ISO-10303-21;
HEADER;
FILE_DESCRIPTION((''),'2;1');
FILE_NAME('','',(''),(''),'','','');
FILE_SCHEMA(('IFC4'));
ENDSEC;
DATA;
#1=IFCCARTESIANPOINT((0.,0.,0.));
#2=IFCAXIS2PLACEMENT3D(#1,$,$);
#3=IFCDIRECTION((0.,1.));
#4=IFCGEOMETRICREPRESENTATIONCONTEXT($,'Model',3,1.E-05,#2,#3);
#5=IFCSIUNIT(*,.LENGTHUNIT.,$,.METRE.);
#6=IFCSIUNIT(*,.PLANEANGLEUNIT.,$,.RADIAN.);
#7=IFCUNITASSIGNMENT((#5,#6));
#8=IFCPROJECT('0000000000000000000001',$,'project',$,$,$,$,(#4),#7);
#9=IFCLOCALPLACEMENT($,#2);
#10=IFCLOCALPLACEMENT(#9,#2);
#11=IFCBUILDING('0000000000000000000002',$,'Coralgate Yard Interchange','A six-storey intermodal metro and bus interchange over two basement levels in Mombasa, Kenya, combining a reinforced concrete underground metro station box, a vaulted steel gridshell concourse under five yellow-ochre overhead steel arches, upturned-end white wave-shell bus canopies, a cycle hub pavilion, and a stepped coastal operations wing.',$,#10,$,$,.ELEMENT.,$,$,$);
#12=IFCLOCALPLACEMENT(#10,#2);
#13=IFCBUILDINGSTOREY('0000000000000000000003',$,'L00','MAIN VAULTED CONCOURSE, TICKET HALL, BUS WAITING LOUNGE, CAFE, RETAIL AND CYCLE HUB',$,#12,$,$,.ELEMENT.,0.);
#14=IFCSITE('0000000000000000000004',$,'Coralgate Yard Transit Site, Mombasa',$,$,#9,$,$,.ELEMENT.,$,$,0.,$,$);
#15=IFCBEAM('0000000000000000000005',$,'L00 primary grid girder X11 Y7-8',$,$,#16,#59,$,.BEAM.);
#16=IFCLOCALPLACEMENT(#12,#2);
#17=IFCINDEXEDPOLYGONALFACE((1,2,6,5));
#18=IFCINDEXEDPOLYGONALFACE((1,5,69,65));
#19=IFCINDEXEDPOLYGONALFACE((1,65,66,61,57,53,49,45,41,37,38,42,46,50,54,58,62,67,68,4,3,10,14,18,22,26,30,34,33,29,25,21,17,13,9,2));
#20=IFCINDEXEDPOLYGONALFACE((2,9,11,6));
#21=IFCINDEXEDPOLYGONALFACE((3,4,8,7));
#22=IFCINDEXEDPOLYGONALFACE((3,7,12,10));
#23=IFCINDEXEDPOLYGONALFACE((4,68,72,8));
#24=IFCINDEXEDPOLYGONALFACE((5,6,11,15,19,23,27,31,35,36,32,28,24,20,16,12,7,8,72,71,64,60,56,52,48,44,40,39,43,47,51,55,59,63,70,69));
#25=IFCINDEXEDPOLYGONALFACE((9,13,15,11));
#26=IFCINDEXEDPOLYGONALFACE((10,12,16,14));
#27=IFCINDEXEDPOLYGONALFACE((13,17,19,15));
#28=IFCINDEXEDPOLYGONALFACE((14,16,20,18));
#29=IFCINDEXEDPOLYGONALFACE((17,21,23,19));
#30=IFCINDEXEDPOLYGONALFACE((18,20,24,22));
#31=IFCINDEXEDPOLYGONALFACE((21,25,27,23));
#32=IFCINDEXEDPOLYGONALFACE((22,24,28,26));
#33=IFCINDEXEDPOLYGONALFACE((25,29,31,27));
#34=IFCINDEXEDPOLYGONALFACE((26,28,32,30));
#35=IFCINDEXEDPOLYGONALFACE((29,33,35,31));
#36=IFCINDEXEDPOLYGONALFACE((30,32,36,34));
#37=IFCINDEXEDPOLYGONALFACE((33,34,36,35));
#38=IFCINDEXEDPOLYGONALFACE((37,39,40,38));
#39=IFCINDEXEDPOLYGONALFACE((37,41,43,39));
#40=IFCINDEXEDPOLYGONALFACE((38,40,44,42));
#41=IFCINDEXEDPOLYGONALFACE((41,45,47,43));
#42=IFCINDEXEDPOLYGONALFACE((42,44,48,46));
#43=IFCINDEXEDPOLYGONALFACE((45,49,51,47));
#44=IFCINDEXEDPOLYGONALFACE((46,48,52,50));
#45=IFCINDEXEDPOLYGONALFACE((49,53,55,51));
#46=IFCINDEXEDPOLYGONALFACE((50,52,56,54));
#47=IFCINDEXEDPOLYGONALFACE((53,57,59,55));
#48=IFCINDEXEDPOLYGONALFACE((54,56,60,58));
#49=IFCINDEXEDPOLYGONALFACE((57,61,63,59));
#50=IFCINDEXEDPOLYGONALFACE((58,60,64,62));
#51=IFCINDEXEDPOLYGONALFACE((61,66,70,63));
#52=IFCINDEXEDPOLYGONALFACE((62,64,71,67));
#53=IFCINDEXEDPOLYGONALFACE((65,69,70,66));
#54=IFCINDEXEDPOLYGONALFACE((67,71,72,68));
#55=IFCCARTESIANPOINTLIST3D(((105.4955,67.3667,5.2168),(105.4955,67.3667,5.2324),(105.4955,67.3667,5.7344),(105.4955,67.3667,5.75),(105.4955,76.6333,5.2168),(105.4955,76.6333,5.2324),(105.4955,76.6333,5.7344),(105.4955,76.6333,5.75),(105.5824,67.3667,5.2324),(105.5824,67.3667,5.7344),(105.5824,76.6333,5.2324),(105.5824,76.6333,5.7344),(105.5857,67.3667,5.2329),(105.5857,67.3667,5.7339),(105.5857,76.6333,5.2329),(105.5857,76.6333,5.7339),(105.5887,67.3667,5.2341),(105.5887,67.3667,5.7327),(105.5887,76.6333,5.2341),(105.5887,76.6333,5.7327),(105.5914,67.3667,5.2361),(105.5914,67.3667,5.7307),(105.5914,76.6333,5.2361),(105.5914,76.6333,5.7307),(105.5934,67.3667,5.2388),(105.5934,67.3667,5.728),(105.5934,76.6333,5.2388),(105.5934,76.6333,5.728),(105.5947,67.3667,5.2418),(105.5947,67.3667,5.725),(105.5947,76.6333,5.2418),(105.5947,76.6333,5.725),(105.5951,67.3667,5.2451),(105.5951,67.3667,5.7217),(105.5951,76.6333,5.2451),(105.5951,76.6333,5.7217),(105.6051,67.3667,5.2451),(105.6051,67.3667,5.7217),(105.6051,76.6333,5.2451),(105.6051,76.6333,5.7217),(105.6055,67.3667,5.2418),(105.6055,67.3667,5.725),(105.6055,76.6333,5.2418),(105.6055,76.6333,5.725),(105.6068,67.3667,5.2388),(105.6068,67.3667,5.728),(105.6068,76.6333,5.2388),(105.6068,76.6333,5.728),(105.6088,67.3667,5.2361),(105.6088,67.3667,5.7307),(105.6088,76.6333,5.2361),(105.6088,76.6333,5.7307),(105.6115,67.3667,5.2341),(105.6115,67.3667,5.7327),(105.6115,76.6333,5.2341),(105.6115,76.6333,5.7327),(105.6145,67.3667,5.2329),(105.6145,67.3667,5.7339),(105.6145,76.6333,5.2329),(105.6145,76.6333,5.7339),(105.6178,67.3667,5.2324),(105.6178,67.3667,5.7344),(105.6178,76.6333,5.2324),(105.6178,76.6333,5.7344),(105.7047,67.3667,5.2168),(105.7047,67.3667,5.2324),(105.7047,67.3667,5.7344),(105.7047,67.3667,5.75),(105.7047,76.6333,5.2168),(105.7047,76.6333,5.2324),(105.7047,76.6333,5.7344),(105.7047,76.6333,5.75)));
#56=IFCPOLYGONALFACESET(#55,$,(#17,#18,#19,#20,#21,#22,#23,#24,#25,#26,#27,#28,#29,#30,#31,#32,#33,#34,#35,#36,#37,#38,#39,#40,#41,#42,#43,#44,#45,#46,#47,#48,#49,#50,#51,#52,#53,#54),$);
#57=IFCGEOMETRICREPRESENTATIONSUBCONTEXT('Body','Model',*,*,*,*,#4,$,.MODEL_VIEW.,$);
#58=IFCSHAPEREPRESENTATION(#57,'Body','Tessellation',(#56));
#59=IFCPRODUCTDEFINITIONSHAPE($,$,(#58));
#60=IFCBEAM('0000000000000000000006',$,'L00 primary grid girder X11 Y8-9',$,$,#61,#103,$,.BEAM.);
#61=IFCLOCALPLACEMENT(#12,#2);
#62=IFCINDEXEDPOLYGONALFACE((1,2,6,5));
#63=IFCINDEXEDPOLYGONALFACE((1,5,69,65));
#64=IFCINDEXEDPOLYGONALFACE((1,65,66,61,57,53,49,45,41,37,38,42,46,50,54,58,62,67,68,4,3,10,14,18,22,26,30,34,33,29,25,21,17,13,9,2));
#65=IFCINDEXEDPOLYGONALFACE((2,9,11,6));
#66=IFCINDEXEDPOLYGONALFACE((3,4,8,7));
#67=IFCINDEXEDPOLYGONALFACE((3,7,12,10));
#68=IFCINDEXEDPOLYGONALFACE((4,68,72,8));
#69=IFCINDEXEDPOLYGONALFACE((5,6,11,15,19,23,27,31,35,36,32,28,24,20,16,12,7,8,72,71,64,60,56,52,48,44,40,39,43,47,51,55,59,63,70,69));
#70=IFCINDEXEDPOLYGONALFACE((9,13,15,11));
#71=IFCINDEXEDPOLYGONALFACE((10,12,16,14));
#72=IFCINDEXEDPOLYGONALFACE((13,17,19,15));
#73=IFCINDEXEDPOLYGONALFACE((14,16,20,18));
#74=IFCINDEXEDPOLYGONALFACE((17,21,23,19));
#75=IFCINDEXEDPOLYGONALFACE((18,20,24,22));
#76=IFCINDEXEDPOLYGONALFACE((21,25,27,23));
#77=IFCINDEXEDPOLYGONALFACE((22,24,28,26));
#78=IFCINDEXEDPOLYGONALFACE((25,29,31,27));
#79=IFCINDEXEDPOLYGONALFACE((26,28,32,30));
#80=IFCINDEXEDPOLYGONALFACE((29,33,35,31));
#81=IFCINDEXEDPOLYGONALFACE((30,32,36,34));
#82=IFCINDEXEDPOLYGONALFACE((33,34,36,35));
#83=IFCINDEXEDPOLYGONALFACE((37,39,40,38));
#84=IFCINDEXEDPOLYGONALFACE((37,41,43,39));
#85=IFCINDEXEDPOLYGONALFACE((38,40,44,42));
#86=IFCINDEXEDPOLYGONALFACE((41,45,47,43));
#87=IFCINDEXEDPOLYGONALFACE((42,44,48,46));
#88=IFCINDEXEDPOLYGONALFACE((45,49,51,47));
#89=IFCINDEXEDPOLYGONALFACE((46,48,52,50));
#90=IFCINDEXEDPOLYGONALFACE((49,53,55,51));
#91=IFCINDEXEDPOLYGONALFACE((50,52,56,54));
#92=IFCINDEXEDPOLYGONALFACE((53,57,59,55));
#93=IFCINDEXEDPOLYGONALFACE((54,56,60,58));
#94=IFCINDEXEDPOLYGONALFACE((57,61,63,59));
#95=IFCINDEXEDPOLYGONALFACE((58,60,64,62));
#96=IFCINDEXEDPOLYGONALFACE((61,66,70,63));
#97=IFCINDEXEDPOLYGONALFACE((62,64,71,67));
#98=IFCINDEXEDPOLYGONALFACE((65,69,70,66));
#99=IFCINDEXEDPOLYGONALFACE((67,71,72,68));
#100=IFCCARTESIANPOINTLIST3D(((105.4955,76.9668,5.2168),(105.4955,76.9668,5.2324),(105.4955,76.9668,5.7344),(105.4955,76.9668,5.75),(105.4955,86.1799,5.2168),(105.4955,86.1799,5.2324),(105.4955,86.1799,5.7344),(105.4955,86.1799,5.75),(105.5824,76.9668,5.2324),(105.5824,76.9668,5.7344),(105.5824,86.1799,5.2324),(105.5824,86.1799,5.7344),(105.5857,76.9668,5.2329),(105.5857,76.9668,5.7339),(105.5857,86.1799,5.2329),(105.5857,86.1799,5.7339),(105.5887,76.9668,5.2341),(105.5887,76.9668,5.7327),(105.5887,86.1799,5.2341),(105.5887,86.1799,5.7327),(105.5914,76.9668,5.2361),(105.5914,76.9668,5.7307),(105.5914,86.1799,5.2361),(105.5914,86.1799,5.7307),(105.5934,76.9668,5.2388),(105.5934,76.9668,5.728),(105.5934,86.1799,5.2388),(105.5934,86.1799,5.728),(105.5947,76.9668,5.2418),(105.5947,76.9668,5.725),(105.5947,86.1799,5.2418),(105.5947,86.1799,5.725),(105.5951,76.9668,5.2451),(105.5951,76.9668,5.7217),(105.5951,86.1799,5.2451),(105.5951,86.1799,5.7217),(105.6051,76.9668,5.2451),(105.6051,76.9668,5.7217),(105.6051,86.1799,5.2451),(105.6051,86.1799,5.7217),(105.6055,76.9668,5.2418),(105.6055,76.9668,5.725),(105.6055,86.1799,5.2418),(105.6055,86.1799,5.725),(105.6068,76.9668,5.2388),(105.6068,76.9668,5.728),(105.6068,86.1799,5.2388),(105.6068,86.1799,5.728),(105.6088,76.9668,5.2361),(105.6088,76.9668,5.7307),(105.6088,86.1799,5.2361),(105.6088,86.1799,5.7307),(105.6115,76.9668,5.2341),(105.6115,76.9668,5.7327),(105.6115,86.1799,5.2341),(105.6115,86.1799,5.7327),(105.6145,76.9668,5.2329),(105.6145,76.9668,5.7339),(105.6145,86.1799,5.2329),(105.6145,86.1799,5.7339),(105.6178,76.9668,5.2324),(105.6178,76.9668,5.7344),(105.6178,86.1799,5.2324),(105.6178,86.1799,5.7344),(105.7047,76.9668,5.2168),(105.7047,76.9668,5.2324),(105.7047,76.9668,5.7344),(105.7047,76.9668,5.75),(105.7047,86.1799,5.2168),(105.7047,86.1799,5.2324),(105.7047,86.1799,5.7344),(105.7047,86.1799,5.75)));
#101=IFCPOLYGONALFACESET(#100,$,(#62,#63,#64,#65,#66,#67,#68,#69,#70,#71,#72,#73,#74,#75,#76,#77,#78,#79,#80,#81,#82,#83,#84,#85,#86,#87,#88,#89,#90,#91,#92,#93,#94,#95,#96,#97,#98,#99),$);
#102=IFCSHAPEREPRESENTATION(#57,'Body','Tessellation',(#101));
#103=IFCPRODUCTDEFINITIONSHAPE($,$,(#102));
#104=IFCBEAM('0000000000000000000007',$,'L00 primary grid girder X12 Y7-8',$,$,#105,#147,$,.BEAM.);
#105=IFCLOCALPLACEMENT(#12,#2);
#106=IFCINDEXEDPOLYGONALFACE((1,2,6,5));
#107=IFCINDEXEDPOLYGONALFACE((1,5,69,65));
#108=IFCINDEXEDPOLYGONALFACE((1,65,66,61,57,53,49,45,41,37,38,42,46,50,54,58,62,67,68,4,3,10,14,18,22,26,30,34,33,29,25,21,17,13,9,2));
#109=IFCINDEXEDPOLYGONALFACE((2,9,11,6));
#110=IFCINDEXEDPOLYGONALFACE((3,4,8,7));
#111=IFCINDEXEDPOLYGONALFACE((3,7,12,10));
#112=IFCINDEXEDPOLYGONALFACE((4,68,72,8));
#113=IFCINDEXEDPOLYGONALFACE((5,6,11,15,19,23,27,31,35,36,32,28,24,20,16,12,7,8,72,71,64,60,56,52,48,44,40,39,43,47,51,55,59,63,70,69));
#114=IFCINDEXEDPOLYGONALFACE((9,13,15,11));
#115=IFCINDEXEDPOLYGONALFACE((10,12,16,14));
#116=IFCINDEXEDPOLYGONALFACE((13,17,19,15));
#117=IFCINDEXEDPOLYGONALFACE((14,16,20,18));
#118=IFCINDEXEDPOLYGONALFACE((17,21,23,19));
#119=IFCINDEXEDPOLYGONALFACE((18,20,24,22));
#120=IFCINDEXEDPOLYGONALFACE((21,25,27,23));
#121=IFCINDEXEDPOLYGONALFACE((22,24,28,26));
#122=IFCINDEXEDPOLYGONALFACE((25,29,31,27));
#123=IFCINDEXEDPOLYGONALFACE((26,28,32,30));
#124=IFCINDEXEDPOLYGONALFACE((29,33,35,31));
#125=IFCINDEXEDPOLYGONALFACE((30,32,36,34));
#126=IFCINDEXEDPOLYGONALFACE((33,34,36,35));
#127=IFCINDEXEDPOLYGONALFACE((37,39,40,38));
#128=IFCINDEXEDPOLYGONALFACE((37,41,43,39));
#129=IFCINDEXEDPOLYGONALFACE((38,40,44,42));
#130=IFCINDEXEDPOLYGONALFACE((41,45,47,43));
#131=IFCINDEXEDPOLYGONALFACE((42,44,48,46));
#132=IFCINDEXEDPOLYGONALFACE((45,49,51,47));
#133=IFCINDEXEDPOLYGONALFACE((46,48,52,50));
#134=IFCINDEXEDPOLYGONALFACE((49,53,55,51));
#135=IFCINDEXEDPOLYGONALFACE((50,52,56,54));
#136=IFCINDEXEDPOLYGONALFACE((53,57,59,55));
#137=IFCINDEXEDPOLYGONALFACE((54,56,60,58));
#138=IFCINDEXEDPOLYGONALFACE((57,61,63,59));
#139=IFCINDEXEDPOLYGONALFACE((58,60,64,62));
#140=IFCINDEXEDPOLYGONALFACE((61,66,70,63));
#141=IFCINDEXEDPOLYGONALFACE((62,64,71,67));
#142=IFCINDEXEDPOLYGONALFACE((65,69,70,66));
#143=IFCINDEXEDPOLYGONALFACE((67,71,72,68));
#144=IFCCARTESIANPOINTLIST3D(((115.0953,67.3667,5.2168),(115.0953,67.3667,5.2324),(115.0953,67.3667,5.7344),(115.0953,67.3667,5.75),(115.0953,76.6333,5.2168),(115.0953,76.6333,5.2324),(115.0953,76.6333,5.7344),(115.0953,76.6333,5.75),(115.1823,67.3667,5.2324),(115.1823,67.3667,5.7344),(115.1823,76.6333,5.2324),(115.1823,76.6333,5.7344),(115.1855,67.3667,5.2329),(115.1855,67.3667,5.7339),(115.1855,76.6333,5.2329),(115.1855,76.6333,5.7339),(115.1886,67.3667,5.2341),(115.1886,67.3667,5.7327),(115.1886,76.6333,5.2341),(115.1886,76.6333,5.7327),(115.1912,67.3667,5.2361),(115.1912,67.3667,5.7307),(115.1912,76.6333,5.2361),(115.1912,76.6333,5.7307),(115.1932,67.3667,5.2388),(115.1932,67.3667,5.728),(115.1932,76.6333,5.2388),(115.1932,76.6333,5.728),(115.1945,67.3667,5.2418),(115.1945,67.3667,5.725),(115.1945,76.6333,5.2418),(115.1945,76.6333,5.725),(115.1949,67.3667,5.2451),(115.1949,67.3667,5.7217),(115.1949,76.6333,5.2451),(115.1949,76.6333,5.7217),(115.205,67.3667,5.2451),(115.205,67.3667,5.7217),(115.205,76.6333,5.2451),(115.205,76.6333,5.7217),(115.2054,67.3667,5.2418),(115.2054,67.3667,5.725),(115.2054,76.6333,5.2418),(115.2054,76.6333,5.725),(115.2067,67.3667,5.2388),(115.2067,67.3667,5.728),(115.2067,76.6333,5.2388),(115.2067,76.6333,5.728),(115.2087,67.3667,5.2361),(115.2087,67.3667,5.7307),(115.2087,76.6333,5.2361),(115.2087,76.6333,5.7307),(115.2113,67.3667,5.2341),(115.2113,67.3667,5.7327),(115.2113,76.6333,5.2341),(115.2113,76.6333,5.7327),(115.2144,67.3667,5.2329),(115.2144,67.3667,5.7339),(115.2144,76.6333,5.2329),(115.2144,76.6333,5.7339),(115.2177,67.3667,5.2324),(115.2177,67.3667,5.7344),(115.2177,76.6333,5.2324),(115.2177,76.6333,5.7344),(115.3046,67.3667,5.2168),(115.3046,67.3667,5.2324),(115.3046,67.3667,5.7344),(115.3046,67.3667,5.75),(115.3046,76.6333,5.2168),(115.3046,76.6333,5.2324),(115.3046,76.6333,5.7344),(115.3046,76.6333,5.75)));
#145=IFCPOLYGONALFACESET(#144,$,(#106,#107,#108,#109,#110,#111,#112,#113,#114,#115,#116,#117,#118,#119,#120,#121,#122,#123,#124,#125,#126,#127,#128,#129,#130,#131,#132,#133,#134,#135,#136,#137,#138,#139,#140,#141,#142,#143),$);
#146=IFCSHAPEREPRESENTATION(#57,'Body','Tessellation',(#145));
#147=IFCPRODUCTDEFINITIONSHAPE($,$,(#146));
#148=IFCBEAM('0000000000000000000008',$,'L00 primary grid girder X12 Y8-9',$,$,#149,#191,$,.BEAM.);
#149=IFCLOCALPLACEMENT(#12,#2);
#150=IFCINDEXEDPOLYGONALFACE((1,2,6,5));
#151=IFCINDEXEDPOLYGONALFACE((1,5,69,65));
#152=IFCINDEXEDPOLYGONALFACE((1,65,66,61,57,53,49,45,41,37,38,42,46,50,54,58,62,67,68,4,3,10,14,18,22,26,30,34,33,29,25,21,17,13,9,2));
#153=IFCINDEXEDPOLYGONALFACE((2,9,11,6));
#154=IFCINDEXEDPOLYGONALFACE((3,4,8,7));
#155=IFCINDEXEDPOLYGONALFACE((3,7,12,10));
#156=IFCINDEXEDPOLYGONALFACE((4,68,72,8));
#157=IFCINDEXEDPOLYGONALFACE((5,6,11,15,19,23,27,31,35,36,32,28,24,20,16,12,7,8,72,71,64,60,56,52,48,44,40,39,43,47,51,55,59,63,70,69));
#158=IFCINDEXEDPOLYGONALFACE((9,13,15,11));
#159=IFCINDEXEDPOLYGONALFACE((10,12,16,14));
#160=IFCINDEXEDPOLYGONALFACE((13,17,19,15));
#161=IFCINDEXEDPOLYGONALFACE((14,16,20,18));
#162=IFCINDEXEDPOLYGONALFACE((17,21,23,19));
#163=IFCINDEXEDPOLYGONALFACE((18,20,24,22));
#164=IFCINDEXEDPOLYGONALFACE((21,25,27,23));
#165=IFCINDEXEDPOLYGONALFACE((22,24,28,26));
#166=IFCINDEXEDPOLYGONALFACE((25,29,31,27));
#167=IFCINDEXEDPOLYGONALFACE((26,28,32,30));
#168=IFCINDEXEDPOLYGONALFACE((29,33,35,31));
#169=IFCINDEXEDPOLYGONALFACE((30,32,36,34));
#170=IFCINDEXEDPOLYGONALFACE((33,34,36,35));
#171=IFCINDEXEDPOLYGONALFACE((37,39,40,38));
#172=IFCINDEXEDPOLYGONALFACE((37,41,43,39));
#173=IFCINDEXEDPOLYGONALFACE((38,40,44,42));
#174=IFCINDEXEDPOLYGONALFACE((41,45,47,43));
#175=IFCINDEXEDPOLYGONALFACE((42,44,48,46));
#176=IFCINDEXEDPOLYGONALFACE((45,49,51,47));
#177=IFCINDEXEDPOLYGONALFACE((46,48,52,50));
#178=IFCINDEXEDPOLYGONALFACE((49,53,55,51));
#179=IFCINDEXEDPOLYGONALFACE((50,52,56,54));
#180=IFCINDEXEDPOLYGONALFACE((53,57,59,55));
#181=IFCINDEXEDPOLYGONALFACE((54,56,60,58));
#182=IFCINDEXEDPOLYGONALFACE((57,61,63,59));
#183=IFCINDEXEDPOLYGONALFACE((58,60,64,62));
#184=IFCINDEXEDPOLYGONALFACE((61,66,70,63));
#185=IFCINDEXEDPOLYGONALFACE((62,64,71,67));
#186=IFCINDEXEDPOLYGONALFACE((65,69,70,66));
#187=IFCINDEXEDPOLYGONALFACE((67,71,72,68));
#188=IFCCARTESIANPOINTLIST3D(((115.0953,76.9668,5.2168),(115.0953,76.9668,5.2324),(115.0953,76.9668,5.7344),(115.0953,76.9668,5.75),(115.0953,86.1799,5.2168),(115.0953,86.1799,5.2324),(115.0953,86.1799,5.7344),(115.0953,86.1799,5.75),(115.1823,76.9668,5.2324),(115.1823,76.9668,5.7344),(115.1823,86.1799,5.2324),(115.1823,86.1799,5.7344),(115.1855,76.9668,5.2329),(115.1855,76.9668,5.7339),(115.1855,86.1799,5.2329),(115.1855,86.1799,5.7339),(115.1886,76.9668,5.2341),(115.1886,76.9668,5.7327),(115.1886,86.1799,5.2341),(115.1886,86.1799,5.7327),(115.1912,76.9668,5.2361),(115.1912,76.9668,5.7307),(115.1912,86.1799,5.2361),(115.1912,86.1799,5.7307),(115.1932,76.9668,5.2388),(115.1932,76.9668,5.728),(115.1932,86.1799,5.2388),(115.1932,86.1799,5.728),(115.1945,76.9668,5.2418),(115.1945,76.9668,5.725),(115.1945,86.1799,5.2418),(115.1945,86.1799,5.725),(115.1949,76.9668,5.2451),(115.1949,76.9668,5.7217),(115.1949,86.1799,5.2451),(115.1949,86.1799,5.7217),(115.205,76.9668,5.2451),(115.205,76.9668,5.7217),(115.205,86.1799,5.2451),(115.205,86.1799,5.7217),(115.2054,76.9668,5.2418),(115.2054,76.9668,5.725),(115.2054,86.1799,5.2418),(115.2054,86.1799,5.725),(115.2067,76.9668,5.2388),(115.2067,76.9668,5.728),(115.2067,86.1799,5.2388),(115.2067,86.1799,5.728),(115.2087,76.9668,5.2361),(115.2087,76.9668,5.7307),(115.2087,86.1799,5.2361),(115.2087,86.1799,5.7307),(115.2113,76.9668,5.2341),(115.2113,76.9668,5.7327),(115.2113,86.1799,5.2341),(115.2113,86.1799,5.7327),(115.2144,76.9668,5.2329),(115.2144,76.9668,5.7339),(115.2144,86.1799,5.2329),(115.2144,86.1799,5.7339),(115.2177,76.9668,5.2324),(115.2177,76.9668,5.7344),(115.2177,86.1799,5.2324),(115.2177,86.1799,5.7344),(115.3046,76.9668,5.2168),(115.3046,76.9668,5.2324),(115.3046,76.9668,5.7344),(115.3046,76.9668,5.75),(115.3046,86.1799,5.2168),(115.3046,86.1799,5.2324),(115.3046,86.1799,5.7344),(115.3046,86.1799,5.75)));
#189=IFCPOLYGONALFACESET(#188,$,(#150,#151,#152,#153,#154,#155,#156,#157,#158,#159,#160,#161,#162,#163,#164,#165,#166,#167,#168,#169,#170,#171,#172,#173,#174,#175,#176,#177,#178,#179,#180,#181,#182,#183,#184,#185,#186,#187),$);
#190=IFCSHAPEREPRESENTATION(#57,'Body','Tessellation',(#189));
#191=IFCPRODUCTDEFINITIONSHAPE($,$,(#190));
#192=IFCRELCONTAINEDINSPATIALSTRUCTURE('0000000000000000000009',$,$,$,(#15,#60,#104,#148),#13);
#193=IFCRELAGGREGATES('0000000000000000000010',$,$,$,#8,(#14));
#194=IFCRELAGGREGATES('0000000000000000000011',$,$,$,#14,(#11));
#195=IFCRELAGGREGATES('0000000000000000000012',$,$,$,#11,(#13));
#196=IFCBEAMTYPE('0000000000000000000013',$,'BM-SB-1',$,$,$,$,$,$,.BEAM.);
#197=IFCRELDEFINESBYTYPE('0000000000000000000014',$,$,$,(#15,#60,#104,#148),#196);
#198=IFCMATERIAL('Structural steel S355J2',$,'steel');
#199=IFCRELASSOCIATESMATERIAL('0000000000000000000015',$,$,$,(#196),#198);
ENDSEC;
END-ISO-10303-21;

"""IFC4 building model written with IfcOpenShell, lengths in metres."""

from ifc_helpers import new_model, si_unit, direction, frame, origin, origin_2d, place, context, subcontext, project, spatial, i_section, extrude, material, material_profile, profile_set, type_object, element, save


model = new_model("IFC4")

# Units and contexts
model_context = context("Model", 3, precision=1e-05, world=origin(), true_north=direction((0.0, 1.0)))
body_context = subcontext(model_context, "Body", "Model", "MODEL_VIEW")
ifc_project = project(units=[si_unit("LENGTHUNIT", "METRE"), si_unit("PLANEANGLEUNIT", "RADIAN")], contexts=[model_context])

# Site, building, storey
site_placement = place(None, origin())
site = spatial("IfcSite", under=ifc_project, at=site_placement, Name="Coralgate Yard Transit Site, Mombasa", CompositionType="ELEMENT", RefElevation=0.0)
building_placement = place(site_placement, origin())
building = spatial("IfcBuilding", under=site, at=building_placement, Name="Coralgate Yard Interchange", Description="A six-storey intermodal metro and bus interchange over two basement levels in Mombasa, Kenya, combining a reinforced concrete underground metro station box, a vaulted steel gridshell concourse under five yellow-ochre overhead steel arches, upturned-end white wave-shell bus canopies, a cycle hub pavilion, and a stepped coastal operations wing.", CompositionType="ELEMENT")
storey_placement = place(building_placement, origin())
storey = spatial("IfcBuildingStorey", under=building, at=storey_placement, Name="L00", Description="MAIN VAULTED CONCOURSE, TICKET HALL, BUS WAITING LOUNGE, CAFE, RETAIL AND CYCLE HUB", CompositionType="ELEMENT", Elevation=0.0)

# Shared definitions
ifc_material_1 = material(Name="Structural steel S355J2", Category="steel")

# Beams
ifc_material_profile_1 = material_profile(ifc_material_1, i_section(OverallWidth=0.2092, OverallDepth=0.5332, WebThickness=0.01, FlangeThickness=0.0156, FilletRadius=0.0127, at=origin_2d()), Name="UB 533x210x92")
ifc_profile_set_1 = profile_set([ifc_material_profile_1], Name="Structural steel S355J2")
beam_type_1 = type_object("IfcBeamType", Name="BM-SB-1", PredefinedType="BEAM", material=ifc_profile_set_1)
beam_1_placement = place(storey_placement, frame((105.6001, 67.3667, 5.4834), z_axis=(0.0, 1.0, 0.0), x_axis=(-1.0, 0.0, 0.0)))
element("IfcBeam", 1, at=beam_1_placement, inside=storey, type_object=beam_type_1, Name="L00 primary grid girder X11 Y7-8", PredefinedType="BEAM", context=body_context, shape_type="SweptSolid", body=[
    extrude(i_section(OverallWidth=0.2092, OverallDepth=0.5332, WebThickness=0.01, FlangeThickness=0.0156, FilletRadius=0.0127, at=origin_2d()), origin(), (0.0, 0.0, 1.0), 9.2666),
])
beam_2_placement = place(storey_placement, frame((105.6001, 76.9668, 5.4834), z_axis=(0.0, 1.0, 0.0), x_axis=(-1.0, 0.0, 0.0)))
element("IfcBeam", 2, at=beam_2_placement, inside=storey, type_object=beam_type_1, Name="L00 primary grid girder X11 Y8-9", PredefinedType="BEAM", context=body_context, shape_type="SweptSolid", body=[
    extrude(i_section(OverallWidth=0.2092, OverallDepth=0.5332, WebThickness=0.01, FlangeThickness=0.0156, FilletRadius=0.0127, at=origin_2d()), origin(), (0.0, 0.0, 1.0), 9.2131),
])
beam_3_placement = place(storey_placement, frame((115.2, 67.3667, 5.4834), z_axis=(0.0, 1.0, 0.0), x_axis=(-1.0, 0.0, 0.0)))
element("IfcBeam", 3, at=beam_3_placement, inside=storey, type_object=beam_type_1, Name="L00 primary grid girder X12 Y7-8", PredefinedType="BEAM", context=body_context, shape_type="SweptSolid", body=[
    extrude(i_section(OverallWidth=0.2092, OverallDepth=0.5332, WebThickness=0.01, FlangeThickness=0.0156, FilletRadius=0.0127, at=origin_2d()), origin(), (0.0, 0.0, 1.0), 9.2666),
])
beam_4_placement = place(storey_placement, frame((115.2, 76.9668, 5.4834), z_axis=(0.0, 1.0, 0.0), x_axis=(-1.0, 0.0, 0.0)))
element("IfcBeam", 4, at=beam_4_placement, inside=storey, type_object=beam_type_1, Name="L00 primary grid girder X12 Y8-9", PredefinedType="BEAM", context=body_context, shape_type="SweptSolid", body=[
    extrude(i_section(OverallWidth=0.2092, OverallDepth=0.5332, WebThickness=0.01, FlangeThickness=0.0156, FilletRadius=0.0127, at=origin_2d()), origin(), (0.0, 0.0, 1.0), 9.2131),
])

save(model, "model.ifc")
